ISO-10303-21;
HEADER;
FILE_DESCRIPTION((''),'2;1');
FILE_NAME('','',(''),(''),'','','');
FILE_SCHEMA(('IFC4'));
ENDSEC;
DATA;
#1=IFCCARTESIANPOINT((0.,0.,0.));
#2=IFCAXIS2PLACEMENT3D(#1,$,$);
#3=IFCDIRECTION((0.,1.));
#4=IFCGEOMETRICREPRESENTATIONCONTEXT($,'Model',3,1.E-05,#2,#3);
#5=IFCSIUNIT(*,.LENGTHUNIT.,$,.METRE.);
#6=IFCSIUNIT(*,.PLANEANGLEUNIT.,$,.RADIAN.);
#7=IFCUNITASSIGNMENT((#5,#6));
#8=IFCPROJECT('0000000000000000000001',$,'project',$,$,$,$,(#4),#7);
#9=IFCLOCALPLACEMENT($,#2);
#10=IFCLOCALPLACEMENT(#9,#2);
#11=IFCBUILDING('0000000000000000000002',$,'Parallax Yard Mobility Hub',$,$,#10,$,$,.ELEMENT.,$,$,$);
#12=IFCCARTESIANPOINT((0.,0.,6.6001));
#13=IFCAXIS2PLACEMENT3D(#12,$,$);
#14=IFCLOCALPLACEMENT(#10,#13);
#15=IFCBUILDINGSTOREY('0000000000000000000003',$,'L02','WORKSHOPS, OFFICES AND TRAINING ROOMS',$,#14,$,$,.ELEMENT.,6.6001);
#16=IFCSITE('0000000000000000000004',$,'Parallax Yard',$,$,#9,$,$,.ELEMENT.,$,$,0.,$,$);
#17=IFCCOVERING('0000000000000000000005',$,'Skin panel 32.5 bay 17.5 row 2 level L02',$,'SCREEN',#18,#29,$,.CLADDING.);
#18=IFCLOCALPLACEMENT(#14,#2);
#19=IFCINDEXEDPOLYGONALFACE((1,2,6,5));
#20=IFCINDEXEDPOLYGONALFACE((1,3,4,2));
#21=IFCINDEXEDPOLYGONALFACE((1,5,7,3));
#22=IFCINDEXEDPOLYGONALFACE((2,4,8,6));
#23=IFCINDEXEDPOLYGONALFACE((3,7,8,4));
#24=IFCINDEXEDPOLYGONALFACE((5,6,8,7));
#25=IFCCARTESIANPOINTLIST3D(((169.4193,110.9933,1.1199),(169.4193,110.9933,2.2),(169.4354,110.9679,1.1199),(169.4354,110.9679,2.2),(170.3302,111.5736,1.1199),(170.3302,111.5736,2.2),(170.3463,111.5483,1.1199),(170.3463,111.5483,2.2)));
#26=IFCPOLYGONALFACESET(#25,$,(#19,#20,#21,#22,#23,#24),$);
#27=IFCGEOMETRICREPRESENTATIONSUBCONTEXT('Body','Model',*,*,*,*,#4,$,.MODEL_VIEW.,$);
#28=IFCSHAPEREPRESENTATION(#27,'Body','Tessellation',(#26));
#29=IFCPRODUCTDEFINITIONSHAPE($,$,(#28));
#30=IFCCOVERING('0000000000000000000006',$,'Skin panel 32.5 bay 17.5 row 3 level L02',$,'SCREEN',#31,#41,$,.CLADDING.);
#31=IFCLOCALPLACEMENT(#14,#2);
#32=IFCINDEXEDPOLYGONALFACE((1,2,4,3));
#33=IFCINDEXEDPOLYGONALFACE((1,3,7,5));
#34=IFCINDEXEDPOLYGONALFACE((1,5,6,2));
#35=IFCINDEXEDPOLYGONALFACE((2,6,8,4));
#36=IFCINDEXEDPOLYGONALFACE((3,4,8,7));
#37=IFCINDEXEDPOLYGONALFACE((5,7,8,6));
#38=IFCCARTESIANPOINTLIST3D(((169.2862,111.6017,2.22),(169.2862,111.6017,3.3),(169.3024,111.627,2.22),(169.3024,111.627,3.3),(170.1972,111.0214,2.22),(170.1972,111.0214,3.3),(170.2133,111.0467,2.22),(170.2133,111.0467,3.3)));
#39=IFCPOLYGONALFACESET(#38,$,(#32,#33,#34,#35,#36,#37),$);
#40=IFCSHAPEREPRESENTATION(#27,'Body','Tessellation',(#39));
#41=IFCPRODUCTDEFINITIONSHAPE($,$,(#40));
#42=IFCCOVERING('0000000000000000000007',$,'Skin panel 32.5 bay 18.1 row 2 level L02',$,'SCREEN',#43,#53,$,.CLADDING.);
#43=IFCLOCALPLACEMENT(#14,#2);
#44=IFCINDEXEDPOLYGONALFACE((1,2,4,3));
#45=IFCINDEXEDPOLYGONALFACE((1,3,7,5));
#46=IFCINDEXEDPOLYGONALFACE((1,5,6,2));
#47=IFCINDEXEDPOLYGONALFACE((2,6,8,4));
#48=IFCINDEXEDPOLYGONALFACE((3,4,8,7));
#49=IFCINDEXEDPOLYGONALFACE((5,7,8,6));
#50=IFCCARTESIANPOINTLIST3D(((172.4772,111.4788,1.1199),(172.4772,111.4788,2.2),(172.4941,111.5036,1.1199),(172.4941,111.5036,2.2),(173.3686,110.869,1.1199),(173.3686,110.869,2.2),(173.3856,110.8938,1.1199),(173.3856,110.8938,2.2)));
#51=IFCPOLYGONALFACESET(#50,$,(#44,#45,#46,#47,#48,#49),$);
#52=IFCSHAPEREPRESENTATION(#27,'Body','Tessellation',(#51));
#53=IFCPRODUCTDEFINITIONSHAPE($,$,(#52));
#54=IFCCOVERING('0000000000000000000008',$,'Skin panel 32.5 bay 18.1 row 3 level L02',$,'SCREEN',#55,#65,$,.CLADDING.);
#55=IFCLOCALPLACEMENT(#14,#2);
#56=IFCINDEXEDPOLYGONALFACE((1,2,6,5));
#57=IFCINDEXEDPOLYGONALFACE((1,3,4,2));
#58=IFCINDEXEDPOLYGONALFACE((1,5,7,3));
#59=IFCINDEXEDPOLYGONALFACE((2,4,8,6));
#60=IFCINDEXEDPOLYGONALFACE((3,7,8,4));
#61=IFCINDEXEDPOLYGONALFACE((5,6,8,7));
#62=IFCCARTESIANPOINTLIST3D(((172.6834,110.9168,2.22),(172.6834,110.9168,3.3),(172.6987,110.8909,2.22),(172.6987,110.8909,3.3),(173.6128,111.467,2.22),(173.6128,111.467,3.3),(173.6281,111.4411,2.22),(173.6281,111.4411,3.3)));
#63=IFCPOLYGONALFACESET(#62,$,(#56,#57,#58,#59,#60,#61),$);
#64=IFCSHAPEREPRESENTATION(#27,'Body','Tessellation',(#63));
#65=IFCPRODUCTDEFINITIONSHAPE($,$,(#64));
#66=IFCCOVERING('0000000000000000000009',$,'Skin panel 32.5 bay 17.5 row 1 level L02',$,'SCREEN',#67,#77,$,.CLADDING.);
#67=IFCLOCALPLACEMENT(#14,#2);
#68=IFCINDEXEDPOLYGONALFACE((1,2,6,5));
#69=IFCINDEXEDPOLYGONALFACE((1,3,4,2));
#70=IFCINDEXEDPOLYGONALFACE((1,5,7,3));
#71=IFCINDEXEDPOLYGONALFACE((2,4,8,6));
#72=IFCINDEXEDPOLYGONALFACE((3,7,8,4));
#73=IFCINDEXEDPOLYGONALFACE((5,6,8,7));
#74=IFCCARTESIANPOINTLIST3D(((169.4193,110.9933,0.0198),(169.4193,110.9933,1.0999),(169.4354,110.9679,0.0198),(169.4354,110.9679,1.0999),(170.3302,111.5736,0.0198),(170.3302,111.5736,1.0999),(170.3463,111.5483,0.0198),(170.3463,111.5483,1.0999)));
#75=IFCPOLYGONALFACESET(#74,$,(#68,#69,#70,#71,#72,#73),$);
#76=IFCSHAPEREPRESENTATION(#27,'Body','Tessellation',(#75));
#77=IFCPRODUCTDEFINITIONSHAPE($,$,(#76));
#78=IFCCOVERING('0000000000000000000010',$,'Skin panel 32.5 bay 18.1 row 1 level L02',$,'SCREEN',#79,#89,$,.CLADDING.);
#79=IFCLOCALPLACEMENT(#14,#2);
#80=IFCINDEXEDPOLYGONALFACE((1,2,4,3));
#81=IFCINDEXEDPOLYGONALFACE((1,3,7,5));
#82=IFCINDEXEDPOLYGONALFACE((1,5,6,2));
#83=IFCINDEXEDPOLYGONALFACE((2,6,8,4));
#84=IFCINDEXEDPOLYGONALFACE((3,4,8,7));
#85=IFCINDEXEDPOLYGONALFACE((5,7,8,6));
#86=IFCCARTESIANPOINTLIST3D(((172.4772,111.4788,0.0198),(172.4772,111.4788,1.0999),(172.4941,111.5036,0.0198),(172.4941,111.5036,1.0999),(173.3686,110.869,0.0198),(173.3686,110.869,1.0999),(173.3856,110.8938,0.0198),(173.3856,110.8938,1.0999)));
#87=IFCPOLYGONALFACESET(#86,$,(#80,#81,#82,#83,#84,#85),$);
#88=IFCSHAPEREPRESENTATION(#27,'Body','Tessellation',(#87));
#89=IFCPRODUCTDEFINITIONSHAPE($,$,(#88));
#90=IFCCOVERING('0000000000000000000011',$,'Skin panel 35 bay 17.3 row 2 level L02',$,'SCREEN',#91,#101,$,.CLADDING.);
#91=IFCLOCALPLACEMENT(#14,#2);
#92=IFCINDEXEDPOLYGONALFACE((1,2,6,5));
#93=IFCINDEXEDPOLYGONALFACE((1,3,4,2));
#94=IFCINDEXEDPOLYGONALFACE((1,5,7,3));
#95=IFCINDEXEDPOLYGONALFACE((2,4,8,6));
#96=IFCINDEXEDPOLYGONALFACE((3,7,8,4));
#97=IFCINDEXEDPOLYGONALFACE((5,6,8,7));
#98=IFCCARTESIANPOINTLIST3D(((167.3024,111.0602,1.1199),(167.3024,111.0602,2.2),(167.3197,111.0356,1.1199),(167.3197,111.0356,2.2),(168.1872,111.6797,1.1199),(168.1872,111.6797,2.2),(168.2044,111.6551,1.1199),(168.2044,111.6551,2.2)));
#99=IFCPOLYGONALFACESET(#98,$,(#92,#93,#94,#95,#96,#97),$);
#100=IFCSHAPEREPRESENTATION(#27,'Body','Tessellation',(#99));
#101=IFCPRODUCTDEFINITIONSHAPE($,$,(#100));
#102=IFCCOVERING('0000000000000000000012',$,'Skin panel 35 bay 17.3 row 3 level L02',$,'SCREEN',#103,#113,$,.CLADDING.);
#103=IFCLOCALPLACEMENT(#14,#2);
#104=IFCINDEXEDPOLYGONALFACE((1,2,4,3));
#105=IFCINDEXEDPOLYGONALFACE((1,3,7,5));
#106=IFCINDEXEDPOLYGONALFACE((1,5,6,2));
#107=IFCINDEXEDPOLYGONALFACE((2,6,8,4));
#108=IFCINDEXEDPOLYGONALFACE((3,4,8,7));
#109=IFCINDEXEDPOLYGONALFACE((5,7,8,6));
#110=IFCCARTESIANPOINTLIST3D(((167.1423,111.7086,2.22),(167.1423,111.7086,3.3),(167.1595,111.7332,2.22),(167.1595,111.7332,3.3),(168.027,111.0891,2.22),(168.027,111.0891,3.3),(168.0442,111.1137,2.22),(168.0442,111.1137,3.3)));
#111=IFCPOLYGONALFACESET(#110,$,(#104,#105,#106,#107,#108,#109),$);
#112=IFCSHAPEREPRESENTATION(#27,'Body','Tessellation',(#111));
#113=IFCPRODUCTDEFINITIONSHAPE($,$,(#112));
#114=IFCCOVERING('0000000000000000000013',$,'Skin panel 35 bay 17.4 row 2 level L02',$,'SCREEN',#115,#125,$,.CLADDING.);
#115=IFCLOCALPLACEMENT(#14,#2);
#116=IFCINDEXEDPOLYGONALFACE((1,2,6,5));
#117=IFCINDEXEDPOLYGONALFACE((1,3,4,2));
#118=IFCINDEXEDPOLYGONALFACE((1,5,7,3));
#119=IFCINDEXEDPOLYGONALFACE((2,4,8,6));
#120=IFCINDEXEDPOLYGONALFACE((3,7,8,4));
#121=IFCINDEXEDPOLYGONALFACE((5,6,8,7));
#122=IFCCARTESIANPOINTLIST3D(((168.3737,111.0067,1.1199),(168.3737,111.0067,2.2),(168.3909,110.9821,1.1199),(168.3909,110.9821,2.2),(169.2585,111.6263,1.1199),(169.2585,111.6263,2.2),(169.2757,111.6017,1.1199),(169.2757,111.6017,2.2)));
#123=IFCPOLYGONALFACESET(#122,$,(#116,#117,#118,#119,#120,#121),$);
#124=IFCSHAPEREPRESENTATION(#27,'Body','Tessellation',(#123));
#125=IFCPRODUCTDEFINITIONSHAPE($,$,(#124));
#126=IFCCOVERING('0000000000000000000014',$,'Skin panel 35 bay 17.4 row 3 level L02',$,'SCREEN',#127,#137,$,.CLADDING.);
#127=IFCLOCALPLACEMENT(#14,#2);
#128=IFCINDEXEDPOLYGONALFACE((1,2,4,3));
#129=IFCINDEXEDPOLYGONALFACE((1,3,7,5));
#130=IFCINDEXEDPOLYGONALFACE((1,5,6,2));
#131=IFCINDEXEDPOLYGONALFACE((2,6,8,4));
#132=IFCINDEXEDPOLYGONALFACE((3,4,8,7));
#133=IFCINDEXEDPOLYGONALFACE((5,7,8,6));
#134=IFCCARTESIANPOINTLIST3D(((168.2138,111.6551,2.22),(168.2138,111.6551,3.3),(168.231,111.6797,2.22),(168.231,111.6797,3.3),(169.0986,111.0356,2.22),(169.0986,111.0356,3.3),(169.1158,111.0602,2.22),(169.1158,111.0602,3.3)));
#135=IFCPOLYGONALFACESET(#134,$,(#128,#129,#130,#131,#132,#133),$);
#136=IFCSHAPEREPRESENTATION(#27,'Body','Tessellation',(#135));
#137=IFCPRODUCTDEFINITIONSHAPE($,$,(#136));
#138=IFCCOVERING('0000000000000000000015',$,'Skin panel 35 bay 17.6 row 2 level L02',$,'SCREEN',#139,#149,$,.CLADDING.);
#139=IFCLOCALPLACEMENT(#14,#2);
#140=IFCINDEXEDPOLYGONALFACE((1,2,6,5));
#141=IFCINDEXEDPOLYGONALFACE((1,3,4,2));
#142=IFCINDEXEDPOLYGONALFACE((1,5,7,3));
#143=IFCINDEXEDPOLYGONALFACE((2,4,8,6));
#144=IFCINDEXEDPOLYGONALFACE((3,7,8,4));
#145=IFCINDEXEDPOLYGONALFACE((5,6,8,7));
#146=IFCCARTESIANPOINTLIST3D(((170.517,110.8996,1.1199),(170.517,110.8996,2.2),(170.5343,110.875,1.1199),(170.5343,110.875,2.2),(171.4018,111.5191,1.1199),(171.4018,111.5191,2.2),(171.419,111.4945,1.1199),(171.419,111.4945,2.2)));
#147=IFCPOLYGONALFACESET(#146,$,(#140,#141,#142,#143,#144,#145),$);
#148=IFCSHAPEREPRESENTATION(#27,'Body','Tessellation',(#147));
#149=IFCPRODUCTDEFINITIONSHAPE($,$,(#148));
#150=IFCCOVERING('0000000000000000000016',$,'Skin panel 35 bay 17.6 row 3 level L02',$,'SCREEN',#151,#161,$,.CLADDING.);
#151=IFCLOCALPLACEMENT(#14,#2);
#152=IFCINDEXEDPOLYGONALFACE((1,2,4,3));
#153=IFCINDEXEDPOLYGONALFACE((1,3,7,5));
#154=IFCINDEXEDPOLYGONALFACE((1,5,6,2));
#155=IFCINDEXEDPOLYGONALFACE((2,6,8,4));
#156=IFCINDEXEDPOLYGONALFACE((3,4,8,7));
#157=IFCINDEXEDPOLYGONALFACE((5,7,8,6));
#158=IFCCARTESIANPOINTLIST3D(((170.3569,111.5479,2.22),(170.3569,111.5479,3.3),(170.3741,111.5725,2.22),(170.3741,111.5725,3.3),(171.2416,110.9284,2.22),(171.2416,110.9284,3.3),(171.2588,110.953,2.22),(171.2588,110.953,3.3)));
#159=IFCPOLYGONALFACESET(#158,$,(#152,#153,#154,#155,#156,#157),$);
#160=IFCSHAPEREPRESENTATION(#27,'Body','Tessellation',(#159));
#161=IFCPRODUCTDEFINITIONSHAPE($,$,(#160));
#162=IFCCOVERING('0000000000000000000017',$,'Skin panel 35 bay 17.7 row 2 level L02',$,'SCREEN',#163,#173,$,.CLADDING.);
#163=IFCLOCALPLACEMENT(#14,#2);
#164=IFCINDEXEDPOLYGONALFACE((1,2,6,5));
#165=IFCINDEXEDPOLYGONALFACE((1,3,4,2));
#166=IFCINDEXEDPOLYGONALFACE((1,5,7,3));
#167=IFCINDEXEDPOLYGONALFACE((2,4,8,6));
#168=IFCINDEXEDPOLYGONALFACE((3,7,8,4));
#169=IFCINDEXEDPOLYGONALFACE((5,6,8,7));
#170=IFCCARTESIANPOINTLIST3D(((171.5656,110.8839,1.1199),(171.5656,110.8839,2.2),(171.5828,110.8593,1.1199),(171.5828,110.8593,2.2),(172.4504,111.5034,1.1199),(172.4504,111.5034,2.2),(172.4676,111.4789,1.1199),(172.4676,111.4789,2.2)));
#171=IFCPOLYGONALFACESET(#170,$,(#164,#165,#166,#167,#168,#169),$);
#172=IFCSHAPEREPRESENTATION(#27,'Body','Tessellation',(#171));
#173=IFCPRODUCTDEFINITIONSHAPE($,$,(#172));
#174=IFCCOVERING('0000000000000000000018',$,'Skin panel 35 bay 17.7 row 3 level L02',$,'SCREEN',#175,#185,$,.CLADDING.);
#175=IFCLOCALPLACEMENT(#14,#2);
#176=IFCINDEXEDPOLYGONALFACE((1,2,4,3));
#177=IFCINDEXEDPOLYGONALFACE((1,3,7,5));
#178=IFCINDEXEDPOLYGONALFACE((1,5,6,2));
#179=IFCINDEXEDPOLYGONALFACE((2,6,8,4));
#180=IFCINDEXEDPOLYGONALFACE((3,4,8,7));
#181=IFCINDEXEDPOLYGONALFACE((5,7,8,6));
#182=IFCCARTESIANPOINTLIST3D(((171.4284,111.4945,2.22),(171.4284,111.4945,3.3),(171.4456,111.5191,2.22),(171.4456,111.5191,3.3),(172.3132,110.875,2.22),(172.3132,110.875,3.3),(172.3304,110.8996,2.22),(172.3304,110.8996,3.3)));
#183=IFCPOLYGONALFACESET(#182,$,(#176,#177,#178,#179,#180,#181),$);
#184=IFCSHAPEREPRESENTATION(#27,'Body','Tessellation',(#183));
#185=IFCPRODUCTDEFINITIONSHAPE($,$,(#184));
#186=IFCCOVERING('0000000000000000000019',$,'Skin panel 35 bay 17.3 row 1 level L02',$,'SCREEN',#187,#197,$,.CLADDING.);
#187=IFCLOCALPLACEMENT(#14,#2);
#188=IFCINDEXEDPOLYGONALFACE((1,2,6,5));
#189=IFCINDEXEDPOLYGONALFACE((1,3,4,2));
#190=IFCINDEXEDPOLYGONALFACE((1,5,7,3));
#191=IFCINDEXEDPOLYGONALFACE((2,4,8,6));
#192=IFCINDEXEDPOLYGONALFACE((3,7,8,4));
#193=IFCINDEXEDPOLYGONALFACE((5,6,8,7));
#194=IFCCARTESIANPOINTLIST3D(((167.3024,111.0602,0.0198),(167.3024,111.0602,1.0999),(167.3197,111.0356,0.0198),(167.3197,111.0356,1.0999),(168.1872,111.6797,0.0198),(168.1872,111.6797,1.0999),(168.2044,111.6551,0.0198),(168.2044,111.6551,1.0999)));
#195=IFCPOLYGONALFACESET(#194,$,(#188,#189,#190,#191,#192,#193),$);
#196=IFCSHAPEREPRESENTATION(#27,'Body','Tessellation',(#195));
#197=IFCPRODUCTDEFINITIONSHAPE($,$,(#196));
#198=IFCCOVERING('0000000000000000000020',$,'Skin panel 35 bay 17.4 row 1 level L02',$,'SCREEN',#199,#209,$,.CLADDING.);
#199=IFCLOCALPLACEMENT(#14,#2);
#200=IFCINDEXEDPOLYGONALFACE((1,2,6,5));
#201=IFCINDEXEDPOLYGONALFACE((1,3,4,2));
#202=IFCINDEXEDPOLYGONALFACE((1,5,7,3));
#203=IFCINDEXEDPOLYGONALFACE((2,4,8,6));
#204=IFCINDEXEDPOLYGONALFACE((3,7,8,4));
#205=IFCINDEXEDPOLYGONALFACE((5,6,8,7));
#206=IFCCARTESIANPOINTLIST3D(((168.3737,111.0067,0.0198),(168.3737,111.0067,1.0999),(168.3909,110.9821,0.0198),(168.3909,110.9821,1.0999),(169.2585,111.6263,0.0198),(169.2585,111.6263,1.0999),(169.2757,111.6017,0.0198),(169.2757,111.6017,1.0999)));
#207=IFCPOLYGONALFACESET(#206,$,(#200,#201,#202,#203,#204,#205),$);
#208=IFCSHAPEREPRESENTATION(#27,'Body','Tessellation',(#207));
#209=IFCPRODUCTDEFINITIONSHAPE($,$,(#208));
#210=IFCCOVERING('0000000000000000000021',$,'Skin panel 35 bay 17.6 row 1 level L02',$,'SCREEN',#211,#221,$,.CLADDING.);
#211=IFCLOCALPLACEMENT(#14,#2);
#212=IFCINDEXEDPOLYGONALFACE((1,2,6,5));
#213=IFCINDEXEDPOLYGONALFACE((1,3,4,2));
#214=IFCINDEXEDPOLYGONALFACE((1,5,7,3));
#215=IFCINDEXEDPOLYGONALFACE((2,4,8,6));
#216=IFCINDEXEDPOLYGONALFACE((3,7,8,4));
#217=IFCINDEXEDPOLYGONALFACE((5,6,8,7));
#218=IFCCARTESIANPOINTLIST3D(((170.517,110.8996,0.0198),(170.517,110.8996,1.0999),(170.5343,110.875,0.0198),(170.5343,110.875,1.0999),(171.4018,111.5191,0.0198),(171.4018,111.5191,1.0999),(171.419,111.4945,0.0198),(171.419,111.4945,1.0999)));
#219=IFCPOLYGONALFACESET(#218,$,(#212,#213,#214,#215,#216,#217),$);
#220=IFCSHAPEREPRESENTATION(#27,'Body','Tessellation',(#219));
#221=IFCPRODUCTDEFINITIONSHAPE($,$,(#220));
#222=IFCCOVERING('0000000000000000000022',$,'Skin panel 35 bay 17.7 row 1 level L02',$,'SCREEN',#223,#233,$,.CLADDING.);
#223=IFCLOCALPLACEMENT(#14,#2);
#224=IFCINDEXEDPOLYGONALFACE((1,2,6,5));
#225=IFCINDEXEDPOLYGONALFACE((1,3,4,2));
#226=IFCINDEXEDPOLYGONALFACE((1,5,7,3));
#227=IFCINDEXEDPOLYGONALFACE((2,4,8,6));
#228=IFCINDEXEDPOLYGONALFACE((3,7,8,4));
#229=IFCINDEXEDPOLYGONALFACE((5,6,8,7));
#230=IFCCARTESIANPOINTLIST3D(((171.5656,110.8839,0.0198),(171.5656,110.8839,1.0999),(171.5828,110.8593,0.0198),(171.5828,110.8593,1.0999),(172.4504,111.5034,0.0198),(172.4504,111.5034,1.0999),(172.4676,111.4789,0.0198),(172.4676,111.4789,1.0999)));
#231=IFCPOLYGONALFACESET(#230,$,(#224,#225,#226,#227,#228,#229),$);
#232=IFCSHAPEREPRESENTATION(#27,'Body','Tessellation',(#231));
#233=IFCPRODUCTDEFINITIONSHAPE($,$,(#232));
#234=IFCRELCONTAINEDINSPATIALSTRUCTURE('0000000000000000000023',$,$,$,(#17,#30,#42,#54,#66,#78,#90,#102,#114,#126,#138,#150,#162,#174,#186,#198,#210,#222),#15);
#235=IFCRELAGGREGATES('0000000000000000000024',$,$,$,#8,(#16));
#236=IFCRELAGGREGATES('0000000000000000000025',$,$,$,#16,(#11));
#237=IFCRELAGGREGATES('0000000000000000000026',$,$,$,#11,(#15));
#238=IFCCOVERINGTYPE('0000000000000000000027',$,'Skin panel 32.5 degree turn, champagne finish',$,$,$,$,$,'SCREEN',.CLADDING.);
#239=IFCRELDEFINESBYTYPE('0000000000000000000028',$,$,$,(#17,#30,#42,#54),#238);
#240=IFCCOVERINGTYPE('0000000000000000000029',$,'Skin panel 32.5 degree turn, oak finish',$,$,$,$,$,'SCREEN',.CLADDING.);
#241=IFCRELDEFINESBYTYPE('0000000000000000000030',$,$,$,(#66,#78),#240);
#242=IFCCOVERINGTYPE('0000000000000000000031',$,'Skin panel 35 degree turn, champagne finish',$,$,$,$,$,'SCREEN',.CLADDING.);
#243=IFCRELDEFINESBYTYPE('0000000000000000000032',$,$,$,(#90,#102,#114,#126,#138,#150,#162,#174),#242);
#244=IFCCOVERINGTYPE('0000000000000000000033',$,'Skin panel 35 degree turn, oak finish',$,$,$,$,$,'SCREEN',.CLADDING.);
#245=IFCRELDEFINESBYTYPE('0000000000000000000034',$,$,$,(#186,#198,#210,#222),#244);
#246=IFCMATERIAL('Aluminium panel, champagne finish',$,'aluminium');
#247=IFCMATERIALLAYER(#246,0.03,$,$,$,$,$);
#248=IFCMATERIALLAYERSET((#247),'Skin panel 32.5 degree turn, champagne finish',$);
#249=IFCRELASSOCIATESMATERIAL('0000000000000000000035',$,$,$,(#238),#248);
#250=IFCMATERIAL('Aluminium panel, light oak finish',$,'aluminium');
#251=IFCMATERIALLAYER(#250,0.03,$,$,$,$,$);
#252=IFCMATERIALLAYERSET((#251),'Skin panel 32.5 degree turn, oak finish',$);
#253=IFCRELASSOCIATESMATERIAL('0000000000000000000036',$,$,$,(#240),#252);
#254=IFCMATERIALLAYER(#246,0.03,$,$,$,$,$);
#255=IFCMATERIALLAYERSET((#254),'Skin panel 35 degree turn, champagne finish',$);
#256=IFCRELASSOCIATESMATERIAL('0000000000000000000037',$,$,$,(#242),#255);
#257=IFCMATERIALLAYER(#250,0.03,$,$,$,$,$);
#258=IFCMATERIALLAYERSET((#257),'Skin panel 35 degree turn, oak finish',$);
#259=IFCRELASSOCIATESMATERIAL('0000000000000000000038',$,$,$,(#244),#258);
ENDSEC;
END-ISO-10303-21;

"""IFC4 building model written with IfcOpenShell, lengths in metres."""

from ifc_helpers import new_model, si_unit, direction, frame, origin, origin_2d, place, context, subcontext, project, spatial, rectangle, extrude, material, layer, layer_set, type_object, element, save


model = new_model("IFC4")

# Units and contexts
model_context = context("Model", 3, precision=1e-05, world=origin(), true_north=direction((0.0, 1.0)))
body_context = subcontext(model_context, "Body", "Model", "MODEL_VIEW")
ifc_project = project(units=[si_unit("LENGTHUNIT", "METRE"), si_unit("PLANEANGLEUNIT", "RADIAN")], contexts=[model_context])

# Site, building, storey
site_placement = place(None, origin())
site = spatial("IfcSite", under=ifc_project, at=site_placement, Name="Parallax Yard", CompositionType="ELEMENT", RefElevation=0.0)
building_placement = place(site_placement, origin())
building = spatial("IfcBuilding", under=site, at=building_placement, Name="Parallax Yard Mobility Hub", CompositionType="ELEMENT")
storey_placement = place(building_placement, frame((0.0, 0.0, 6.6001)))
storey = spatial("IfcBuildingStorey", under=building, at=storey_placement, Name="L02", Description="WORKSHOPS, OFFICES AND TRAINING ROOMS", CompositionType="ELEMENT", Elevation=6.6001)

# Coverings
ifc_material_1 = material(Name="Aluminium panel, champagne finish", Category="aluminium")
ifc_layer_1 = layer(ifc_material_1, 0.03)
ifc_layer_set_1 = layer_set([ifc_layer_1], Name="Skin panel 32.5 degree turn, champagne finish")
covering_type_1 = type_object("IfcCoveringType", Name="Skin panel 32.5 degree turn, champagne finish", ElementType="SCREEN", PredefinedType="CLADDING", material=ifc_layer_set_1)
for number, where, z_axis, x_axis, name in (
    (1, (169.8828, 111.2708, 1.1199), (0.0, 0.0, 1.0), (-0.843391, -0.5373, 0.0), "Skin panel 32.5 bay 17.5 row 2 level L02"),
    (2, (169.7498, 111.3242, 2.22), (0.0, 0.0, 1.0), (0.843391, -0.5373, 0.0), "Skin panel 32.5 bay 17.5 row 3 level L02"),
    (3, (172.9314, 111.1863, 1.1199), (0.0, 0.0, 1.0), (0.82536, -0.564607, 0.0), "Skin panel 32.5 bay 18.1 row 2 level L02"),
    (4, (173.1558, 111.179, 2.22), (0.0, 0.0, 1.0), (-0.86052, -0.509417, 0.0), "Skin panel 32.5 bay 18.1 row 3 level L02"),
):
    element("IfcCovering", number, at=place(storey_placement, frame(where, z_axis=z_axis, x_axis=x_axis)), inside=storey, type_object=covering_type_1, Name=name, ObjectType="SCREEN", PredefinedType="CLADDING", context=body_context, shape_type="SweptSolid", body=[
        extrude(rectangle(XDim=1.0801, YDim=0.03, at=origin_2d()), origin(), (0.0, 0.0, 1.0), 1.0801),
    ])
ifc_material_2 = material(Name="Aluminium panel, light oak finish", Category="aluminium")
ifc_layer_2 = layer(ifc_material_2, 0.03)
ifc_layer_set_2 = layer_set([ifc_layer_2], Name="Skin panel 32.5 degree turn, oak finish")
covering_type_2 = type_object("IfcCoveringType", Name="Skin panel 32.5 degree turn, oak finish", ElementType="SCREEN", PredefinedType="CLADDING", material=ifc_layer_set_2)
for number, where, z_axis, x_axis, name in (
    (5, (169.8828, 111.2708, 0.0198), (0.0, 0.0, 1.0), (-0.843391, -0.5373, 0.0), "Skin panel 32.5 bay 17.5 row 1 level L02"),
    (6, (172.9314, 111.1863, 0.0198), (0.0, 0.0, 1.0), (0.82536, -0.564607, 0.0), "Skin panel 32.5 bay 18.1 row 1 level L02"),
):
    element("IfcCovering", number, at=place(storey_placement, frame(where, z_axis=z_axis, x_axis=x_axis)), inside=storey, type_object=covering_type_2, Name=name, ObjectType="SCREEN", PredefinedType="CLADDING", context=body_context, shape_type="SweptSolid", body=[
        extrude(rectangle(XDim=1.0801, YDim=0.03, at=origin_2d()), origin(), (0.0, 0.0, 1.0), 1.0801),
    ])
ifc_layer_3 = layer(ifc_material_1, 0.03)
ifc_layer_set_3 = layer_set([ifc_layer_3], Name="Skin panel 35 degree turn, champagne finish")
covering_type_3 = type_object("IfcCoveringType", Name="Skin panel 35 degree turn, champagne finish", ElementType="SCREEN", PredefinedType="CLADDING", material=ifc_layer_set_3)
for number, where, z_axis, x_axis, name in (
    (7, (167.7534, 111.3577, 1.1199), (0.0, 0.0, 1.0), (-0.819152, -0.573576, 0.0), "Skin panel 35 bay 17.3 row 2 level L02"),
    (8, (167.5933, 111.4111, 2.22), (0.0, 0.0, 1.0), (0.819152, -0.573576, 0.0), "Skin panel 35 bay 17.3 row 3 level L02"),
    (9, (168.8247, 111.3042, 1.1199), (0.0, 0.0, 1.0), (-0.819152, -0.573576, 0.0), "Skin panel 35 bay 17.4 row 2 level L02"),
    (10, (168.6648, 111.3577, 2.22), (0.0, 0.0, 1.0), (0.819152, -0.573576, 0.0), "Skin panel 35 bay 17.4 row 3 level L02"),
    (11, (170.968, 111.197, 1.1199), (0.0, 0.0, 1.0), (-0.819152, -0.573576, 0.0), "Skin panel 35 bay 17.6 row 2 level L02"),
    (12, (170.8079, 111.2505, 2.22), (0.0, 0.0, 1.0), (0.819152, -0.573576, 0.0), "Skin panel 35 bay 17.6 row 3 level L02"),
    (13, (172.0166, 111.1814, 1.1199), (0.0, 0.0, 1.0), (-0.819152, -0.573576, 0.0), "Skin panel 35 bay 17.7 row 2 level L02"),
    (14, (171.8794, 111.197, 2.22), (0.0, 0.0, 1.0), (0.819152, -0.573576, 0.0), "Skin panel 35 bay 17.7 row 3 level L02"),
):
    element("IfcCovering", number, at=place(storey_placement, frame(where, z_axis=z_axis, x_axis=x_axis)), inside=storey, type_object=covering_type_3, Name=name, ObjectType="SCREEN", PredefinedType="CLADDING", context=body_context, shape_type="SweptSolid", body=[
        extrude(rectangle(XDim=1.0801, YDim=0.03, at=origin_2d()), origin(), (0.0, 0.0, 1.0), 1.0801),
    ])
ifc_layer_4 = layer(ifc_material_2, 0.03)
ifc_layer_set_4 = layer_set([ifc_layer_4], Name="Skin panel 35 degree turn, oak finish")
covering_type_4 = type_object("IfcCoveringType", Name="Skin panel 35 degree turn, oak finish", ElementType="SCREEN", PredefinedType="CLADDING", material=ifc_layer_set_4)
for number, where, z_axis, x_axis, name in (
    (15, (167.7534, 111.3577, 0.0198), (0.0, 0.0, 1.0), (-0.819152, -0.573576, 0.0), "Skin panel 35 bay 17.3 row 1 level L02"),
    (16, (168.8247, 111.3042, 0.0198), (0.0, 0.0, 1.0), (-0.819152, -0.573576, 0.0), "Skin panel 35 bay 17.4 row 1 level L02"),
    (17, (170.968, 111.197, 0.0198), (0.0, 0.0, 1.0), (-0.819152, -0.573576, 0.0), "Skin panel 35 bay 17.6 row 1 level L02"),
    (18, (172.0166, 111.1814, 0.0198), (0.0, 0.0, 1.0), (-0.819152, -0.573576, 0.0), "Skin panel 35 bay 17.7 row 1 level L02"),
):
    element("IfcCovering", number, at=place(storey_placement, frame(where, z_axis=z_axis, x_axis=x_axis)), inside=storey, type_object=covering_type_4, Name=name, ObjectType="SCREEN", PredefinedType="CLADDING", context=body_context, shape_type="SweptSolid", body=[
        extrude(rectangle(XDim=1.0801, YDim=0.03, at=origin_2d()), origin(), (0.0, 0.0, 1.0), 1.0801),
    ])

save(model, "model.ifc")
